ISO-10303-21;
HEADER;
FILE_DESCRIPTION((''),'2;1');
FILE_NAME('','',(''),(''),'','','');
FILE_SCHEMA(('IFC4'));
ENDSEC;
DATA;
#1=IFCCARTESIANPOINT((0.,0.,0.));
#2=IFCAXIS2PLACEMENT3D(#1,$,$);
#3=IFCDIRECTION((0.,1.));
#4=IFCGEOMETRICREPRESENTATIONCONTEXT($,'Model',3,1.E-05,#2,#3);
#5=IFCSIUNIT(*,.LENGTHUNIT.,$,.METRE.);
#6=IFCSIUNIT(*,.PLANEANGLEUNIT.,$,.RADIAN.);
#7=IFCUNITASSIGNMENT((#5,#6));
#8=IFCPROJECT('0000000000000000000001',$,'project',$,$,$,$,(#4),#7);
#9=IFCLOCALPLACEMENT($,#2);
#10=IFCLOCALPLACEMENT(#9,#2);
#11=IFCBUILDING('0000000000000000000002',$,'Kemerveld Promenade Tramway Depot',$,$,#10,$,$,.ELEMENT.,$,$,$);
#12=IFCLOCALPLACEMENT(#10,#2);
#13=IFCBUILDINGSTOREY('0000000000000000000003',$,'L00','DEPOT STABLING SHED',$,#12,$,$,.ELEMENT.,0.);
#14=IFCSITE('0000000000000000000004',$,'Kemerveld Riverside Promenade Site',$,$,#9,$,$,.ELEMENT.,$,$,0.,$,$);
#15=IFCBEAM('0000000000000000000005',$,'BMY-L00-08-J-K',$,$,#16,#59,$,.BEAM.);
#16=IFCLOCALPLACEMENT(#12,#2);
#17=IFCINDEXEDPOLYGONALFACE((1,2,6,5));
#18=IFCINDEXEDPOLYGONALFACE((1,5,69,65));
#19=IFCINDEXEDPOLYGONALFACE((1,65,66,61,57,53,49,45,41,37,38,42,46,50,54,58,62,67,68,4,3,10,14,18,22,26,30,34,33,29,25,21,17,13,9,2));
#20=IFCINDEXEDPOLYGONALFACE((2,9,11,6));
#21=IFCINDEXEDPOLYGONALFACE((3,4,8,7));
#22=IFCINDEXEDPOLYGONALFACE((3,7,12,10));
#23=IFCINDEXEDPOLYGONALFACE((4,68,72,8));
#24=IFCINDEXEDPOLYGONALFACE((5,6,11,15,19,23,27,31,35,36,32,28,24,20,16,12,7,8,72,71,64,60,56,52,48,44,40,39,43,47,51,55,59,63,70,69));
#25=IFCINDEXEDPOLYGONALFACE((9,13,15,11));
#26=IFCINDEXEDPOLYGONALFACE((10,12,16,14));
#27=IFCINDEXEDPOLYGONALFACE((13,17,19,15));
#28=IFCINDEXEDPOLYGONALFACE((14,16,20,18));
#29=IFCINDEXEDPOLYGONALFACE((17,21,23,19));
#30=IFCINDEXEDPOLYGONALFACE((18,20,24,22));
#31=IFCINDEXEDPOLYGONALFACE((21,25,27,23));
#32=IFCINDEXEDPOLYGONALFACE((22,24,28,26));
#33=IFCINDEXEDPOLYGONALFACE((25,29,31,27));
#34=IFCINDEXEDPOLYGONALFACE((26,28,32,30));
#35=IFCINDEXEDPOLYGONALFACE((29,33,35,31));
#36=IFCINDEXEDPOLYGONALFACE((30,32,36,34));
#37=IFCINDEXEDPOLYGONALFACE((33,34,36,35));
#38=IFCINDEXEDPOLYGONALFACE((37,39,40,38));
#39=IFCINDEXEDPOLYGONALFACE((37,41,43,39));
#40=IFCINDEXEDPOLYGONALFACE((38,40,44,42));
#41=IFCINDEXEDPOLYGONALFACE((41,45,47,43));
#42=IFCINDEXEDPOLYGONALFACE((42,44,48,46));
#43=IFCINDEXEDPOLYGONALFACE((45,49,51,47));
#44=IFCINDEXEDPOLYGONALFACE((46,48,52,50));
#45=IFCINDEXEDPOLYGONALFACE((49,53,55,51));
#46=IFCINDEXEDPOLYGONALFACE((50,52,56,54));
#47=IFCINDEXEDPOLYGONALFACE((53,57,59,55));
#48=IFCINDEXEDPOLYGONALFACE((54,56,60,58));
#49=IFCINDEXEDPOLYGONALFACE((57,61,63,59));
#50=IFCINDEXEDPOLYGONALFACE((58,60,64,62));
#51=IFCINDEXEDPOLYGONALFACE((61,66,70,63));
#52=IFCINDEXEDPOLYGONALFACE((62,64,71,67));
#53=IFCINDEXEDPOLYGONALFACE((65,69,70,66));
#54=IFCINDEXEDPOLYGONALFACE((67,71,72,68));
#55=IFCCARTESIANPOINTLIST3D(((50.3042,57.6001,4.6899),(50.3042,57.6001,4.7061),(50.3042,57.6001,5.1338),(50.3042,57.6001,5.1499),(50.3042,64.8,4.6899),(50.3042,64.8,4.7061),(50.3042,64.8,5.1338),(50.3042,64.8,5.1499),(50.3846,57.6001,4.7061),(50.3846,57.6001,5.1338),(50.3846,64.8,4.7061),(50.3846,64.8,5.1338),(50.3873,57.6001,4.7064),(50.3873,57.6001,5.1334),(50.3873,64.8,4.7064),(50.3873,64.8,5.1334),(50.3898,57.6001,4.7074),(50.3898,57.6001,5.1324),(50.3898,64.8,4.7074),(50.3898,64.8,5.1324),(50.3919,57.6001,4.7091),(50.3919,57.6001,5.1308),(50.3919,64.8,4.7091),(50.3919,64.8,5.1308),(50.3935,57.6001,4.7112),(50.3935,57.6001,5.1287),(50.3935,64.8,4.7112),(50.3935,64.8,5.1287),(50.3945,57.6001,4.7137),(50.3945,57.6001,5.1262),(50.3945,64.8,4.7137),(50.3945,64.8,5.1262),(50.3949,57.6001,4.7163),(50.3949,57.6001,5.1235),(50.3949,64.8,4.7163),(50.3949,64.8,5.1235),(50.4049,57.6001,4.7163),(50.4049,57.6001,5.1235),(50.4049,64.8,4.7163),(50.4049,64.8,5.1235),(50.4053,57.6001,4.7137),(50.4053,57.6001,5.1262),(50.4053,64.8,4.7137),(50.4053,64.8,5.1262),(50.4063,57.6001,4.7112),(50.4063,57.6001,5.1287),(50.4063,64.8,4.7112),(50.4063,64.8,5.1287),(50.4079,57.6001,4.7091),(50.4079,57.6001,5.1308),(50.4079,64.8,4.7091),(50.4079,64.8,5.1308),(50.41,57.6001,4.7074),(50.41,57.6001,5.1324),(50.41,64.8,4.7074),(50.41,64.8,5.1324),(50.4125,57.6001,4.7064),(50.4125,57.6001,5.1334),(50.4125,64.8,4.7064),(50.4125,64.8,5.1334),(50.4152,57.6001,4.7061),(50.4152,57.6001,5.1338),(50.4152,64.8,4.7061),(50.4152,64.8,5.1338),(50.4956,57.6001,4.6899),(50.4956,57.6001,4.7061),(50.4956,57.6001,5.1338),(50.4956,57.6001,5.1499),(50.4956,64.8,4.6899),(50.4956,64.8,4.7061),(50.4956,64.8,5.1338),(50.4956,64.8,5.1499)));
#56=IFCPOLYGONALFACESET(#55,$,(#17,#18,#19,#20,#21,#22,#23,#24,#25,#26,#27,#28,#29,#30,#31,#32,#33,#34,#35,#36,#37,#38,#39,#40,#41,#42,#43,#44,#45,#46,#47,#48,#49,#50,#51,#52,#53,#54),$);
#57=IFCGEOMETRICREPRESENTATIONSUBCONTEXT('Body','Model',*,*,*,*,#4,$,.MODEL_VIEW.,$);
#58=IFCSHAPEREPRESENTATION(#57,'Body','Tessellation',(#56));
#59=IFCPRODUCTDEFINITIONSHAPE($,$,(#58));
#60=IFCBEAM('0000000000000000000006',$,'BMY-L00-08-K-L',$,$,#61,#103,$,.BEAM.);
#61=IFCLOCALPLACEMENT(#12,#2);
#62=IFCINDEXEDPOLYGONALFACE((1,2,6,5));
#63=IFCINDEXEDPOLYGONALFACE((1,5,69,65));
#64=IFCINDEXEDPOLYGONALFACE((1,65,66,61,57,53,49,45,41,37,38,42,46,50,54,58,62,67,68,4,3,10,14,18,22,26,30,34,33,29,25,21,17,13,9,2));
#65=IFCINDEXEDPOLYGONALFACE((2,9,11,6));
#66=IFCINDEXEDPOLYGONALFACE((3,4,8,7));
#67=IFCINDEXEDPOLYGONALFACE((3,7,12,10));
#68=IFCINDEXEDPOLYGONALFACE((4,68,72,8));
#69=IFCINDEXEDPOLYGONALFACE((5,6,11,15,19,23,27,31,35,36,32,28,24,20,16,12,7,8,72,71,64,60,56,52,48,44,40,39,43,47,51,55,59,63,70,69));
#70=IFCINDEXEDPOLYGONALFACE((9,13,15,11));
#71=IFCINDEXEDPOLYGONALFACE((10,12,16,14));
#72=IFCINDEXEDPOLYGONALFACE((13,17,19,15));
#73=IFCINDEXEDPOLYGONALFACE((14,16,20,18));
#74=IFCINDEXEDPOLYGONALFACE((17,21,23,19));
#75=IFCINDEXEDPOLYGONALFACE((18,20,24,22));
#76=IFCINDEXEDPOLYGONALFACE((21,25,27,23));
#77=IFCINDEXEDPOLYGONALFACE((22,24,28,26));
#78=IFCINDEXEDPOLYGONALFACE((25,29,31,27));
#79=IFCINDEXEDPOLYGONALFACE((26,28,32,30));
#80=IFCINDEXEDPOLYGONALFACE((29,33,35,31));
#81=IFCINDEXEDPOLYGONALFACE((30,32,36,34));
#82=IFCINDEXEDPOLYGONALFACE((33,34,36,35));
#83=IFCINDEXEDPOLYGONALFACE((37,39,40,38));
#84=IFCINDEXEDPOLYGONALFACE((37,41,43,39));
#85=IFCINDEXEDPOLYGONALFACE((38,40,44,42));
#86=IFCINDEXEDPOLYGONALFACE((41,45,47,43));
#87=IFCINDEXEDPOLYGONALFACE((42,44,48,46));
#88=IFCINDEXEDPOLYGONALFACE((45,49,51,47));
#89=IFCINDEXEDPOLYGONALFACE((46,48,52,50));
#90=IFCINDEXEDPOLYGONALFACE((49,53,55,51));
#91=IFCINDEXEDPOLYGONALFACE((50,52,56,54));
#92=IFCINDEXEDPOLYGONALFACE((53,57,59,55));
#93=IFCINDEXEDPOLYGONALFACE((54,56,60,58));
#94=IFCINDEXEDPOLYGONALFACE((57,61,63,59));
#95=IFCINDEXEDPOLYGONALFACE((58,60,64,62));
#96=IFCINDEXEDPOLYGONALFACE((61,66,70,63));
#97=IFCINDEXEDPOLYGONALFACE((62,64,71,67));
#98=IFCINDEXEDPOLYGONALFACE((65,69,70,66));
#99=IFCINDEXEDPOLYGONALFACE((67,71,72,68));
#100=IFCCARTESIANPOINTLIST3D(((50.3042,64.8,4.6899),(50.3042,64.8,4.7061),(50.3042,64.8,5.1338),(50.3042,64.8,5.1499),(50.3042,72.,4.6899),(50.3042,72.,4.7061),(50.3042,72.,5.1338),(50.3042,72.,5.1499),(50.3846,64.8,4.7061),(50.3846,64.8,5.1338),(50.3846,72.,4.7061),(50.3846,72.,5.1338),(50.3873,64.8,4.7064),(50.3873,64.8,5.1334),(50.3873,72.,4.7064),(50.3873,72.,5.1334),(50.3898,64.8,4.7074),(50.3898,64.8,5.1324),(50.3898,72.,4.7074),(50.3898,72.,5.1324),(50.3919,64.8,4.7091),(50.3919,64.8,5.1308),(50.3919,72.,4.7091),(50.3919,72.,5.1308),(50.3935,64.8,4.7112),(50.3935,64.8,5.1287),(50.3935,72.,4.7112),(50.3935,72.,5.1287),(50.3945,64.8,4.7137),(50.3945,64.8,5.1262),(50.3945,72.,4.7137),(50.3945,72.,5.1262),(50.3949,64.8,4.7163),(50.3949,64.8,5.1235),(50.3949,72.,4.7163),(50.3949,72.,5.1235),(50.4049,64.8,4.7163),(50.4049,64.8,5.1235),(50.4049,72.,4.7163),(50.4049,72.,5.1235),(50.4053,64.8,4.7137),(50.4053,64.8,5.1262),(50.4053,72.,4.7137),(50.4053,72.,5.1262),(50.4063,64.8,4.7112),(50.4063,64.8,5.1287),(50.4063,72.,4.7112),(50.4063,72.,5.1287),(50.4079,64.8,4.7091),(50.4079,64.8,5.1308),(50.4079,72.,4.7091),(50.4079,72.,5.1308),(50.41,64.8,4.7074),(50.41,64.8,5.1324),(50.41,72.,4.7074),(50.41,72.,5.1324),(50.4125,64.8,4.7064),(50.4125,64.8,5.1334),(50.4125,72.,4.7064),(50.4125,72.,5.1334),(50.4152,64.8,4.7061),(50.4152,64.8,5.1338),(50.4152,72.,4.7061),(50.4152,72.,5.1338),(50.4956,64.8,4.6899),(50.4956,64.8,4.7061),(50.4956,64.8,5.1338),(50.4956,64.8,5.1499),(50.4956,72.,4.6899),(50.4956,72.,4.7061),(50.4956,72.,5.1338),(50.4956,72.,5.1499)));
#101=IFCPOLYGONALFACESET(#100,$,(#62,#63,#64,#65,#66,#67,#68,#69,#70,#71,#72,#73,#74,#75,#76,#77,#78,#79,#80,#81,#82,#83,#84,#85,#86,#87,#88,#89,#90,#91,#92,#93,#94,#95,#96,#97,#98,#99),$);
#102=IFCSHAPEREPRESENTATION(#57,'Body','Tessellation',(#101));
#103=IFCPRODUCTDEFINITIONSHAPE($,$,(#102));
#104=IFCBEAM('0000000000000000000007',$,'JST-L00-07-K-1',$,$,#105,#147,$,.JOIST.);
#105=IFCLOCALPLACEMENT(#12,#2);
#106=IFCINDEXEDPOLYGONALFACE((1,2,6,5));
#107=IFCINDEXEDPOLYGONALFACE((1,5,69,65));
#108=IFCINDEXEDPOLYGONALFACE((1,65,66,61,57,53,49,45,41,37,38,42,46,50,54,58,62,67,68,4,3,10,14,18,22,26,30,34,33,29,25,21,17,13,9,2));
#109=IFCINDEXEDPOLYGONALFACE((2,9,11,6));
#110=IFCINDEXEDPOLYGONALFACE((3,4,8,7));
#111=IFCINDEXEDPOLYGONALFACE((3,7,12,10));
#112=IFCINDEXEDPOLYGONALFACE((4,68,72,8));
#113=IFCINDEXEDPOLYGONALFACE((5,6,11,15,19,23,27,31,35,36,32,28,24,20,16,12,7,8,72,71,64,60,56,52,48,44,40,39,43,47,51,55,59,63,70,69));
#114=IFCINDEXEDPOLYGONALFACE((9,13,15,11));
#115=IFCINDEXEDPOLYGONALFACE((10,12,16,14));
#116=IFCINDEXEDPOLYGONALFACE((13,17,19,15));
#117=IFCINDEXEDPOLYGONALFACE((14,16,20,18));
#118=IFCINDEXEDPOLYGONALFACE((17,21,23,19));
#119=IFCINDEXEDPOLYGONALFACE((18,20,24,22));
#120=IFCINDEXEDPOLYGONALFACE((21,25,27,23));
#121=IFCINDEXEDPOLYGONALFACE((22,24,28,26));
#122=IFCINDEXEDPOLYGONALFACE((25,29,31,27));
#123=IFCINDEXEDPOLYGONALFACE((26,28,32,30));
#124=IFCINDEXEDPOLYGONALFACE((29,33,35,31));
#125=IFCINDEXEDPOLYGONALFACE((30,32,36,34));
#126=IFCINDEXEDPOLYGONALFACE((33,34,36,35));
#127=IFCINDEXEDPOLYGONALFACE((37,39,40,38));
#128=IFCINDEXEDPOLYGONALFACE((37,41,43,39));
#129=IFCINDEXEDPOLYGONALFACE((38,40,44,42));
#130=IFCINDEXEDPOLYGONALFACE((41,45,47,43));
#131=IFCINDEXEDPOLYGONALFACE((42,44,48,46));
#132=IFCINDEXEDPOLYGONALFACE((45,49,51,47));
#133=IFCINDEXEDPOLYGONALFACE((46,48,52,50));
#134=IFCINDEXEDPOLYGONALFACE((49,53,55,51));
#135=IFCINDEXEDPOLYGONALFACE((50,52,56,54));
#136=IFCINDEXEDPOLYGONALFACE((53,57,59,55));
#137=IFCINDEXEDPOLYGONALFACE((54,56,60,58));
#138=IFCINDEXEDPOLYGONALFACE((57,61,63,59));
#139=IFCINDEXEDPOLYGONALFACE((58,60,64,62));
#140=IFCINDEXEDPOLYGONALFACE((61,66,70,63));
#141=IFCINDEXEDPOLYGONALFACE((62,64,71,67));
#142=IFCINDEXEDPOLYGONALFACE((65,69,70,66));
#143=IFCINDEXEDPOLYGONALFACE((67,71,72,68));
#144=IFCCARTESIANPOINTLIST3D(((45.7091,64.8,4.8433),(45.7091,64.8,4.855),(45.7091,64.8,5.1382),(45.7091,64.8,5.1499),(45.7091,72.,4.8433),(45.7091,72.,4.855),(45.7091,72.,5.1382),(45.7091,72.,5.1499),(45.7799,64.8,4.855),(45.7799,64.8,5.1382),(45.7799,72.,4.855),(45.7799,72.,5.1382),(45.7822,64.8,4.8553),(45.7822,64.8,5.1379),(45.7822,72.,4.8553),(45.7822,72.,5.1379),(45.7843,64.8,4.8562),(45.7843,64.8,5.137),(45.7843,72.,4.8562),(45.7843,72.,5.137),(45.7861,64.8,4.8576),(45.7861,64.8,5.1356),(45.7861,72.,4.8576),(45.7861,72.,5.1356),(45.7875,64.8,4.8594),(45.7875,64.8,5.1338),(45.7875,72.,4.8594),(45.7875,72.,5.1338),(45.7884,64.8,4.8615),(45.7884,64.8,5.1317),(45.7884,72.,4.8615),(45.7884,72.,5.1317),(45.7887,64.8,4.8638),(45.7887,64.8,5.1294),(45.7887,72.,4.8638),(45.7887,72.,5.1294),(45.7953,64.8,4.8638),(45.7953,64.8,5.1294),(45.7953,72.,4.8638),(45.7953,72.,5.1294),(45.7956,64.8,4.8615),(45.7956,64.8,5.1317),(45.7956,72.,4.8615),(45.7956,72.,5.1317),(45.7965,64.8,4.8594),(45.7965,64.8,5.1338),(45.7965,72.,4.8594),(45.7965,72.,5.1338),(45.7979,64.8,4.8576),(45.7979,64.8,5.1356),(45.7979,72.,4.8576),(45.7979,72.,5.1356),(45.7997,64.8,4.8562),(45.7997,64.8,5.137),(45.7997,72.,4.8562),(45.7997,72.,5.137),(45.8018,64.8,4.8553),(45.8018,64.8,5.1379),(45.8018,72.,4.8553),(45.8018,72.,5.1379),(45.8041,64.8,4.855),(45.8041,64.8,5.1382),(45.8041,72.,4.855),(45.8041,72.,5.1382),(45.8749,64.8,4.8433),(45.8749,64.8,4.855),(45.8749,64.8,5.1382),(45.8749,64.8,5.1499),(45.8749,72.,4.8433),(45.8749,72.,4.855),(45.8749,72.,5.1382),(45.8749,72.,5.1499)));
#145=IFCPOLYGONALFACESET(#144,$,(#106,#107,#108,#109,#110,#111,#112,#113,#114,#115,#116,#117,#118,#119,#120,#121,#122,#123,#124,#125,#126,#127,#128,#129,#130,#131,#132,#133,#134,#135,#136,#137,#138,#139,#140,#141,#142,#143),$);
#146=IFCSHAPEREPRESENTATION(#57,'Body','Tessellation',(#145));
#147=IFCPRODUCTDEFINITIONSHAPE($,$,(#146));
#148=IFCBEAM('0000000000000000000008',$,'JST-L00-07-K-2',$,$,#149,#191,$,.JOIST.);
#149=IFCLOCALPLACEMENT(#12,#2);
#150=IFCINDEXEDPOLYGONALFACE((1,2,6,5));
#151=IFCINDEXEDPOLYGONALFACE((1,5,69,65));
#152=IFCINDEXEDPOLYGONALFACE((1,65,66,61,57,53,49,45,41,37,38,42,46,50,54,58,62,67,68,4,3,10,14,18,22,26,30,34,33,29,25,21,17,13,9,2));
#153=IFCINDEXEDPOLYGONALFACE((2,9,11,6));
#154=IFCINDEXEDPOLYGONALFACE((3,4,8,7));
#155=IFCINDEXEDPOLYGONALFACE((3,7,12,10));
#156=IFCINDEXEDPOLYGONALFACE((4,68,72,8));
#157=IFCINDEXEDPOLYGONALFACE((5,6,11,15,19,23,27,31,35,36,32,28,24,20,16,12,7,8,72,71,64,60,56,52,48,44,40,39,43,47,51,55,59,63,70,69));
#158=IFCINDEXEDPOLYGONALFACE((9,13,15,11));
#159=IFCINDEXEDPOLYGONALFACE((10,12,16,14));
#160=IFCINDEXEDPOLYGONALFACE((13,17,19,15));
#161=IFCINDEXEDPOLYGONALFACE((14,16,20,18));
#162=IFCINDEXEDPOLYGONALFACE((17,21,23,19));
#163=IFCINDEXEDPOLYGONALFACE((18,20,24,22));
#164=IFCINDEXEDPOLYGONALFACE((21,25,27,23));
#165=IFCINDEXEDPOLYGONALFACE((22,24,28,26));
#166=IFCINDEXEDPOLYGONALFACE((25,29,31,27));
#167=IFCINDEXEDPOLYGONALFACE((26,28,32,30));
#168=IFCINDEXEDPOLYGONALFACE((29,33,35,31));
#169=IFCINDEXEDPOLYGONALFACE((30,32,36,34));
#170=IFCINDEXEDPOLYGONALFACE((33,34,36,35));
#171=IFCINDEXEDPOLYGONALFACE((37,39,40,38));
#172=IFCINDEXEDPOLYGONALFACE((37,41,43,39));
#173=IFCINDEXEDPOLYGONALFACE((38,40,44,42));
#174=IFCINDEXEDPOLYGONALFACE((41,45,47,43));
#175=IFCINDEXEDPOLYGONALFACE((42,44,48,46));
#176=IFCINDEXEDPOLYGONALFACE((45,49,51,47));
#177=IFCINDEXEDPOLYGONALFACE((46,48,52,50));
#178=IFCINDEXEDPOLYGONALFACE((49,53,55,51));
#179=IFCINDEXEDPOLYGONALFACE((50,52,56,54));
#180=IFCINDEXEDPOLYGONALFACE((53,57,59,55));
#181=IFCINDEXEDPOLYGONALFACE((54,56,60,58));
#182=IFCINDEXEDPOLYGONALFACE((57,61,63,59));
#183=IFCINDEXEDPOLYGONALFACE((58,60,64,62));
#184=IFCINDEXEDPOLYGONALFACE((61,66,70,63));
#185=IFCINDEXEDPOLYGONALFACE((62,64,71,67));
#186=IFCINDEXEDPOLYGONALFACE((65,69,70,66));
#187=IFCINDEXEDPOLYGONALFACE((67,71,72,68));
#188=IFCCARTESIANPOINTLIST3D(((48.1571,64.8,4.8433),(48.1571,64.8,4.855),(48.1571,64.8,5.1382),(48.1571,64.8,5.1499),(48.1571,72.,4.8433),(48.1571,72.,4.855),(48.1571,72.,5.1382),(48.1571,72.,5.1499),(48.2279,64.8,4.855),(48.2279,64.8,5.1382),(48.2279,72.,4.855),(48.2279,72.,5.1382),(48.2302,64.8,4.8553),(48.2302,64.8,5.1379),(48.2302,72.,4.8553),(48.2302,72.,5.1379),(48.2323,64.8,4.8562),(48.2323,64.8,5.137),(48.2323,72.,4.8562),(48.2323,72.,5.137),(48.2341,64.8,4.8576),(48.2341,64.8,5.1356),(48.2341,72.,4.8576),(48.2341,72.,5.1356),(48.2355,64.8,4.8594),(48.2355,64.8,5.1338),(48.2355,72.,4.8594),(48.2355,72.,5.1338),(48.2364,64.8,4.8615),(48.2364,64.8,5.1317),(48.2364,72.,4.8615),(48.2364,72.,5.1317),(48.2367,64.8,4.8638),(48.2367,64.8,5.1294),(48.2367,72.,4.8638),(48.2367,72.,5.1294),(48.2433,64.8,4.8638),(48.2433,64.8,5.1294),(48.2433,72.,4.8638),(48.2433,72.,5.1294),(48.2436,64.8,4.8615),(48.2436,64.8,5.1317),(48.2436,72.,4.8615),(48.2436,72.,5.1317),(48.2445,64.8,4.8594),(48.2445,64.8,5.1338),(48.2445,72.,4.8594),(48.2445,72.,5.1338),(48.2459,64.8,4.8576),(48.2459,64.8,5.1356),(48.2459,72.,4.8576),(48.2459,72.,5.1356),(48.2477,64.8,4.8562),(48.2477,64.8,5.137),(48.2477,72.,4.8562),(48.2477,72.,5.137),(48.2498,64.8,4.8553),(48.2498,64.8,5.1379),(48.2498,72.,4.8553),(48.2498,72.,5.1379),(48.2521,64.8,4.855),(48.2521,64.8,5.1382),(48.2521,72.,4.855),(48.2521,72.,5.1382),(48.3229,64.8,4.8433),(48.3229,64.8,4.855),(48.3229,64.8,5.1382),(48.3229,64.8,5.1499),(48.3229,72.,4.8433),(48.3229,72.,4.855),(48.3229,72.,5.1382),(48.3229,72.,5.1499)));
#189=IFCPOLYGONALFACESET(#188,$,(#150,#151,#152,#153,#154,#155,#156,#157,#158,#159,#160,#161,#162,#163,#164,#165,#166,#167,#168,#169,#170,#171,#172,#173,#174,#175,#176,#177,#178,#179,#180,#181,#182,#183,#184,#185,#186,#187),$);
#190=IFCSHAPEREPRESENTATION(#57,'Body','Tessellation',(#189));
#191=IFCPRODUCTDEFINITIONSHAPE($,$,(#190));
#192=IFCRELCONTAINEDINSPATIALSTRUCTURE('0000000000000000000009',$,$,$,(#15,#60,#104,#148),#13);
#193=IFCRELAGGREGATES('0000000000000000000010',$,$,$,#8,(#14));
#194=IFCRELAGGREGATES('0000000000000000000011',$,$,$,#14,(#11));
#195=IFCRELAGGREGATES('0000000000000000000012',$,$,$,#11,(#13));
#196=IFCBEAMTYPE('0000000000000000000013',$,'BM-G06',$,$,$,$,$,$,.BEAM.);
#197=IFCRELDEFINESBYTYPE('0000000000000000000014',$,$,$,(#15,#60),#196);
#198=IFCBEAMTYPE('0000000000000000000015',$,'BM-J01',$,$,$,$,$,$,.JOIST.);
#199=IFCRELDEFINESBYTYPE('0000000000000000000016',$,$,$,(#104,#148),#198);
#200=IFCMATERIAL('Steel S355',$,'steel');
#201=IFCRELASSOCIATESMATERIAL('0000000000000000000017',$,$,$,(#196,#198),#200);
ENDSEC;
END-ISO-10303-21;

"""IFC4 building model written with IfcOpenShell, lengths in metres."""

from ifc_helpers import new_model, si_unit, direction, frame, origin, origin_2d, place, context, subcontext, project, spatial, i_section, extrude, material, material_profile, profile_set, type_object, element, save


model = new_model("IFC4")

# Units and contexts
model_context = context("Model", 3, precision=1e-05, world=origin(), true_north=direction((0.0, 1.0)))
body_context = subcontext(model_context, "Body", "Model", "MODEL_VIEW")
ifc_project = project(units=[si_unit("LENGTHUNIT", "METRE"), si_unit("PLANEANGLEUNIT", "RADIAN")], contexts=[model_context])

# Site, building, storey
site_placement = place(None, origin())
site = spatial("IfcSite", under=ifc_project, at=site_placement, Name="Kemerveld Riverside Promenade Site", CompositionType="ELEMENT", RefElevation=0.0)
building_placement = place(site_placement, origin())
building = spatial("IfcBuilding", under=site, at=building_placement, Name="Kemerveld Promenade Tramway Depot", CompositionType="ELEMENT")
storey_placement = place(building_placement, origin())
storey = spatial("IfcBuildingStorey", under=building, at=storey_placement, Name="L00", Description="DEPOT STABLING SHED", CompositionType="ELEMENT", Elevation=0.0)

# Shared definitions
ifc_material_1 = material(Name="Steel S355", Category="steel")

# Beams
ifc_material_profile_1 = material_profile(ifc_material_1, i_section(OverallWidth=0.1914, OverallDepth=0.46, WebThickness=0.01, FlangeThickness=0.0161, FilletRadius=0.0103, at=origin_2d()), Name="457x191x82 UB")
ifc_profile_set_1 = profile_set([ifc_material_profile_1], Name="Steel S355")
beam_type_1 = type_object("IfcBeamType", Name="BM-G06", PredefinedType="BEAM", material=ifc_profile_set_1)
for number, where, z_axis, x_axis, name in (
    (1, (50.3999, 57.6001, 4.9199), (0.0, 1.0, 0.0), (-1.0, 0.0, 0.0), "BMY-L00-08-J-K"),
    (2, (50.3999, 64.8, 4.9199), (0.0, 1.0, 0.0), (-1.0, 0.0, 0.0), "BMY-L00-08-K-L"),
):
    element("IfcBeam", number, at=place(storey_placement, frame(where, z_axis=z_axis, x_axis=x_axis)), inside=storey, type_object=beam_type_1, Name=name, PredefinedType="BEAM", context=body_context, shape_type="SweptSolid", body=[
        extrude(i_section(OverallWidth=0.1914, OverallDepth=0.46, WebThickness=0.01, FlangeThickness=0.0161, FilletRadius=0.0103, at=origin_2d()), origin(), (0.0, 0.0, 1.0), 7.2),
    ])
ifc_material_profile_2 = material_profile(ifc_material_1, i_section(OverallWidth=0.1658, OverallDepth=0.3066, WebThickness=0.0066, FlangeThickness=0.0117, FilletRadius=0.0088, at=origin_2d()), Name="305x165x46 UB")
ifc_profile_set_2 = profile_set([ifc_material_profile_2], Name="Steel S355")
beam_type_2 = type_object("IfcBeamType", Name="BM-J01", PredefinedType="JOIST", material=ifc_profile_set_2)
for number, where, z_axis, x_axis, name in (
    (3, (45.792, 64.8, 4.9966), (0.0, 1.0, 0.0), (-1.0, 0.0, 0.0), "JST-L00-07-K-1"),
    (4, (48.24, 64.8, 4.9966), (0.0, 1.0, 0.0), (-1.0, 0.0, 0.0), "JST-L00-07-K-2"),
):
    element("IfcBeam", number, at=place(storey_placement, frame(where, z_axis=z_axis, x_axis=x_axis)), inside=storey, type_object=beam_type_2, Name=name, PredefinedType="JOIST", context=body_context, shape_type="SweptSolid", body=[
        extrude(i_section(OverallWidth=0.1658, OverallDepth=0.3066, WebThickness=0.0066, FlangeThickness=0.0117, FilletRadius=0.0088, at=origin_2d()), origin(), (0.0, 0.0, 1.0), 7.2),
    ])

save(model, "model.ifc")
